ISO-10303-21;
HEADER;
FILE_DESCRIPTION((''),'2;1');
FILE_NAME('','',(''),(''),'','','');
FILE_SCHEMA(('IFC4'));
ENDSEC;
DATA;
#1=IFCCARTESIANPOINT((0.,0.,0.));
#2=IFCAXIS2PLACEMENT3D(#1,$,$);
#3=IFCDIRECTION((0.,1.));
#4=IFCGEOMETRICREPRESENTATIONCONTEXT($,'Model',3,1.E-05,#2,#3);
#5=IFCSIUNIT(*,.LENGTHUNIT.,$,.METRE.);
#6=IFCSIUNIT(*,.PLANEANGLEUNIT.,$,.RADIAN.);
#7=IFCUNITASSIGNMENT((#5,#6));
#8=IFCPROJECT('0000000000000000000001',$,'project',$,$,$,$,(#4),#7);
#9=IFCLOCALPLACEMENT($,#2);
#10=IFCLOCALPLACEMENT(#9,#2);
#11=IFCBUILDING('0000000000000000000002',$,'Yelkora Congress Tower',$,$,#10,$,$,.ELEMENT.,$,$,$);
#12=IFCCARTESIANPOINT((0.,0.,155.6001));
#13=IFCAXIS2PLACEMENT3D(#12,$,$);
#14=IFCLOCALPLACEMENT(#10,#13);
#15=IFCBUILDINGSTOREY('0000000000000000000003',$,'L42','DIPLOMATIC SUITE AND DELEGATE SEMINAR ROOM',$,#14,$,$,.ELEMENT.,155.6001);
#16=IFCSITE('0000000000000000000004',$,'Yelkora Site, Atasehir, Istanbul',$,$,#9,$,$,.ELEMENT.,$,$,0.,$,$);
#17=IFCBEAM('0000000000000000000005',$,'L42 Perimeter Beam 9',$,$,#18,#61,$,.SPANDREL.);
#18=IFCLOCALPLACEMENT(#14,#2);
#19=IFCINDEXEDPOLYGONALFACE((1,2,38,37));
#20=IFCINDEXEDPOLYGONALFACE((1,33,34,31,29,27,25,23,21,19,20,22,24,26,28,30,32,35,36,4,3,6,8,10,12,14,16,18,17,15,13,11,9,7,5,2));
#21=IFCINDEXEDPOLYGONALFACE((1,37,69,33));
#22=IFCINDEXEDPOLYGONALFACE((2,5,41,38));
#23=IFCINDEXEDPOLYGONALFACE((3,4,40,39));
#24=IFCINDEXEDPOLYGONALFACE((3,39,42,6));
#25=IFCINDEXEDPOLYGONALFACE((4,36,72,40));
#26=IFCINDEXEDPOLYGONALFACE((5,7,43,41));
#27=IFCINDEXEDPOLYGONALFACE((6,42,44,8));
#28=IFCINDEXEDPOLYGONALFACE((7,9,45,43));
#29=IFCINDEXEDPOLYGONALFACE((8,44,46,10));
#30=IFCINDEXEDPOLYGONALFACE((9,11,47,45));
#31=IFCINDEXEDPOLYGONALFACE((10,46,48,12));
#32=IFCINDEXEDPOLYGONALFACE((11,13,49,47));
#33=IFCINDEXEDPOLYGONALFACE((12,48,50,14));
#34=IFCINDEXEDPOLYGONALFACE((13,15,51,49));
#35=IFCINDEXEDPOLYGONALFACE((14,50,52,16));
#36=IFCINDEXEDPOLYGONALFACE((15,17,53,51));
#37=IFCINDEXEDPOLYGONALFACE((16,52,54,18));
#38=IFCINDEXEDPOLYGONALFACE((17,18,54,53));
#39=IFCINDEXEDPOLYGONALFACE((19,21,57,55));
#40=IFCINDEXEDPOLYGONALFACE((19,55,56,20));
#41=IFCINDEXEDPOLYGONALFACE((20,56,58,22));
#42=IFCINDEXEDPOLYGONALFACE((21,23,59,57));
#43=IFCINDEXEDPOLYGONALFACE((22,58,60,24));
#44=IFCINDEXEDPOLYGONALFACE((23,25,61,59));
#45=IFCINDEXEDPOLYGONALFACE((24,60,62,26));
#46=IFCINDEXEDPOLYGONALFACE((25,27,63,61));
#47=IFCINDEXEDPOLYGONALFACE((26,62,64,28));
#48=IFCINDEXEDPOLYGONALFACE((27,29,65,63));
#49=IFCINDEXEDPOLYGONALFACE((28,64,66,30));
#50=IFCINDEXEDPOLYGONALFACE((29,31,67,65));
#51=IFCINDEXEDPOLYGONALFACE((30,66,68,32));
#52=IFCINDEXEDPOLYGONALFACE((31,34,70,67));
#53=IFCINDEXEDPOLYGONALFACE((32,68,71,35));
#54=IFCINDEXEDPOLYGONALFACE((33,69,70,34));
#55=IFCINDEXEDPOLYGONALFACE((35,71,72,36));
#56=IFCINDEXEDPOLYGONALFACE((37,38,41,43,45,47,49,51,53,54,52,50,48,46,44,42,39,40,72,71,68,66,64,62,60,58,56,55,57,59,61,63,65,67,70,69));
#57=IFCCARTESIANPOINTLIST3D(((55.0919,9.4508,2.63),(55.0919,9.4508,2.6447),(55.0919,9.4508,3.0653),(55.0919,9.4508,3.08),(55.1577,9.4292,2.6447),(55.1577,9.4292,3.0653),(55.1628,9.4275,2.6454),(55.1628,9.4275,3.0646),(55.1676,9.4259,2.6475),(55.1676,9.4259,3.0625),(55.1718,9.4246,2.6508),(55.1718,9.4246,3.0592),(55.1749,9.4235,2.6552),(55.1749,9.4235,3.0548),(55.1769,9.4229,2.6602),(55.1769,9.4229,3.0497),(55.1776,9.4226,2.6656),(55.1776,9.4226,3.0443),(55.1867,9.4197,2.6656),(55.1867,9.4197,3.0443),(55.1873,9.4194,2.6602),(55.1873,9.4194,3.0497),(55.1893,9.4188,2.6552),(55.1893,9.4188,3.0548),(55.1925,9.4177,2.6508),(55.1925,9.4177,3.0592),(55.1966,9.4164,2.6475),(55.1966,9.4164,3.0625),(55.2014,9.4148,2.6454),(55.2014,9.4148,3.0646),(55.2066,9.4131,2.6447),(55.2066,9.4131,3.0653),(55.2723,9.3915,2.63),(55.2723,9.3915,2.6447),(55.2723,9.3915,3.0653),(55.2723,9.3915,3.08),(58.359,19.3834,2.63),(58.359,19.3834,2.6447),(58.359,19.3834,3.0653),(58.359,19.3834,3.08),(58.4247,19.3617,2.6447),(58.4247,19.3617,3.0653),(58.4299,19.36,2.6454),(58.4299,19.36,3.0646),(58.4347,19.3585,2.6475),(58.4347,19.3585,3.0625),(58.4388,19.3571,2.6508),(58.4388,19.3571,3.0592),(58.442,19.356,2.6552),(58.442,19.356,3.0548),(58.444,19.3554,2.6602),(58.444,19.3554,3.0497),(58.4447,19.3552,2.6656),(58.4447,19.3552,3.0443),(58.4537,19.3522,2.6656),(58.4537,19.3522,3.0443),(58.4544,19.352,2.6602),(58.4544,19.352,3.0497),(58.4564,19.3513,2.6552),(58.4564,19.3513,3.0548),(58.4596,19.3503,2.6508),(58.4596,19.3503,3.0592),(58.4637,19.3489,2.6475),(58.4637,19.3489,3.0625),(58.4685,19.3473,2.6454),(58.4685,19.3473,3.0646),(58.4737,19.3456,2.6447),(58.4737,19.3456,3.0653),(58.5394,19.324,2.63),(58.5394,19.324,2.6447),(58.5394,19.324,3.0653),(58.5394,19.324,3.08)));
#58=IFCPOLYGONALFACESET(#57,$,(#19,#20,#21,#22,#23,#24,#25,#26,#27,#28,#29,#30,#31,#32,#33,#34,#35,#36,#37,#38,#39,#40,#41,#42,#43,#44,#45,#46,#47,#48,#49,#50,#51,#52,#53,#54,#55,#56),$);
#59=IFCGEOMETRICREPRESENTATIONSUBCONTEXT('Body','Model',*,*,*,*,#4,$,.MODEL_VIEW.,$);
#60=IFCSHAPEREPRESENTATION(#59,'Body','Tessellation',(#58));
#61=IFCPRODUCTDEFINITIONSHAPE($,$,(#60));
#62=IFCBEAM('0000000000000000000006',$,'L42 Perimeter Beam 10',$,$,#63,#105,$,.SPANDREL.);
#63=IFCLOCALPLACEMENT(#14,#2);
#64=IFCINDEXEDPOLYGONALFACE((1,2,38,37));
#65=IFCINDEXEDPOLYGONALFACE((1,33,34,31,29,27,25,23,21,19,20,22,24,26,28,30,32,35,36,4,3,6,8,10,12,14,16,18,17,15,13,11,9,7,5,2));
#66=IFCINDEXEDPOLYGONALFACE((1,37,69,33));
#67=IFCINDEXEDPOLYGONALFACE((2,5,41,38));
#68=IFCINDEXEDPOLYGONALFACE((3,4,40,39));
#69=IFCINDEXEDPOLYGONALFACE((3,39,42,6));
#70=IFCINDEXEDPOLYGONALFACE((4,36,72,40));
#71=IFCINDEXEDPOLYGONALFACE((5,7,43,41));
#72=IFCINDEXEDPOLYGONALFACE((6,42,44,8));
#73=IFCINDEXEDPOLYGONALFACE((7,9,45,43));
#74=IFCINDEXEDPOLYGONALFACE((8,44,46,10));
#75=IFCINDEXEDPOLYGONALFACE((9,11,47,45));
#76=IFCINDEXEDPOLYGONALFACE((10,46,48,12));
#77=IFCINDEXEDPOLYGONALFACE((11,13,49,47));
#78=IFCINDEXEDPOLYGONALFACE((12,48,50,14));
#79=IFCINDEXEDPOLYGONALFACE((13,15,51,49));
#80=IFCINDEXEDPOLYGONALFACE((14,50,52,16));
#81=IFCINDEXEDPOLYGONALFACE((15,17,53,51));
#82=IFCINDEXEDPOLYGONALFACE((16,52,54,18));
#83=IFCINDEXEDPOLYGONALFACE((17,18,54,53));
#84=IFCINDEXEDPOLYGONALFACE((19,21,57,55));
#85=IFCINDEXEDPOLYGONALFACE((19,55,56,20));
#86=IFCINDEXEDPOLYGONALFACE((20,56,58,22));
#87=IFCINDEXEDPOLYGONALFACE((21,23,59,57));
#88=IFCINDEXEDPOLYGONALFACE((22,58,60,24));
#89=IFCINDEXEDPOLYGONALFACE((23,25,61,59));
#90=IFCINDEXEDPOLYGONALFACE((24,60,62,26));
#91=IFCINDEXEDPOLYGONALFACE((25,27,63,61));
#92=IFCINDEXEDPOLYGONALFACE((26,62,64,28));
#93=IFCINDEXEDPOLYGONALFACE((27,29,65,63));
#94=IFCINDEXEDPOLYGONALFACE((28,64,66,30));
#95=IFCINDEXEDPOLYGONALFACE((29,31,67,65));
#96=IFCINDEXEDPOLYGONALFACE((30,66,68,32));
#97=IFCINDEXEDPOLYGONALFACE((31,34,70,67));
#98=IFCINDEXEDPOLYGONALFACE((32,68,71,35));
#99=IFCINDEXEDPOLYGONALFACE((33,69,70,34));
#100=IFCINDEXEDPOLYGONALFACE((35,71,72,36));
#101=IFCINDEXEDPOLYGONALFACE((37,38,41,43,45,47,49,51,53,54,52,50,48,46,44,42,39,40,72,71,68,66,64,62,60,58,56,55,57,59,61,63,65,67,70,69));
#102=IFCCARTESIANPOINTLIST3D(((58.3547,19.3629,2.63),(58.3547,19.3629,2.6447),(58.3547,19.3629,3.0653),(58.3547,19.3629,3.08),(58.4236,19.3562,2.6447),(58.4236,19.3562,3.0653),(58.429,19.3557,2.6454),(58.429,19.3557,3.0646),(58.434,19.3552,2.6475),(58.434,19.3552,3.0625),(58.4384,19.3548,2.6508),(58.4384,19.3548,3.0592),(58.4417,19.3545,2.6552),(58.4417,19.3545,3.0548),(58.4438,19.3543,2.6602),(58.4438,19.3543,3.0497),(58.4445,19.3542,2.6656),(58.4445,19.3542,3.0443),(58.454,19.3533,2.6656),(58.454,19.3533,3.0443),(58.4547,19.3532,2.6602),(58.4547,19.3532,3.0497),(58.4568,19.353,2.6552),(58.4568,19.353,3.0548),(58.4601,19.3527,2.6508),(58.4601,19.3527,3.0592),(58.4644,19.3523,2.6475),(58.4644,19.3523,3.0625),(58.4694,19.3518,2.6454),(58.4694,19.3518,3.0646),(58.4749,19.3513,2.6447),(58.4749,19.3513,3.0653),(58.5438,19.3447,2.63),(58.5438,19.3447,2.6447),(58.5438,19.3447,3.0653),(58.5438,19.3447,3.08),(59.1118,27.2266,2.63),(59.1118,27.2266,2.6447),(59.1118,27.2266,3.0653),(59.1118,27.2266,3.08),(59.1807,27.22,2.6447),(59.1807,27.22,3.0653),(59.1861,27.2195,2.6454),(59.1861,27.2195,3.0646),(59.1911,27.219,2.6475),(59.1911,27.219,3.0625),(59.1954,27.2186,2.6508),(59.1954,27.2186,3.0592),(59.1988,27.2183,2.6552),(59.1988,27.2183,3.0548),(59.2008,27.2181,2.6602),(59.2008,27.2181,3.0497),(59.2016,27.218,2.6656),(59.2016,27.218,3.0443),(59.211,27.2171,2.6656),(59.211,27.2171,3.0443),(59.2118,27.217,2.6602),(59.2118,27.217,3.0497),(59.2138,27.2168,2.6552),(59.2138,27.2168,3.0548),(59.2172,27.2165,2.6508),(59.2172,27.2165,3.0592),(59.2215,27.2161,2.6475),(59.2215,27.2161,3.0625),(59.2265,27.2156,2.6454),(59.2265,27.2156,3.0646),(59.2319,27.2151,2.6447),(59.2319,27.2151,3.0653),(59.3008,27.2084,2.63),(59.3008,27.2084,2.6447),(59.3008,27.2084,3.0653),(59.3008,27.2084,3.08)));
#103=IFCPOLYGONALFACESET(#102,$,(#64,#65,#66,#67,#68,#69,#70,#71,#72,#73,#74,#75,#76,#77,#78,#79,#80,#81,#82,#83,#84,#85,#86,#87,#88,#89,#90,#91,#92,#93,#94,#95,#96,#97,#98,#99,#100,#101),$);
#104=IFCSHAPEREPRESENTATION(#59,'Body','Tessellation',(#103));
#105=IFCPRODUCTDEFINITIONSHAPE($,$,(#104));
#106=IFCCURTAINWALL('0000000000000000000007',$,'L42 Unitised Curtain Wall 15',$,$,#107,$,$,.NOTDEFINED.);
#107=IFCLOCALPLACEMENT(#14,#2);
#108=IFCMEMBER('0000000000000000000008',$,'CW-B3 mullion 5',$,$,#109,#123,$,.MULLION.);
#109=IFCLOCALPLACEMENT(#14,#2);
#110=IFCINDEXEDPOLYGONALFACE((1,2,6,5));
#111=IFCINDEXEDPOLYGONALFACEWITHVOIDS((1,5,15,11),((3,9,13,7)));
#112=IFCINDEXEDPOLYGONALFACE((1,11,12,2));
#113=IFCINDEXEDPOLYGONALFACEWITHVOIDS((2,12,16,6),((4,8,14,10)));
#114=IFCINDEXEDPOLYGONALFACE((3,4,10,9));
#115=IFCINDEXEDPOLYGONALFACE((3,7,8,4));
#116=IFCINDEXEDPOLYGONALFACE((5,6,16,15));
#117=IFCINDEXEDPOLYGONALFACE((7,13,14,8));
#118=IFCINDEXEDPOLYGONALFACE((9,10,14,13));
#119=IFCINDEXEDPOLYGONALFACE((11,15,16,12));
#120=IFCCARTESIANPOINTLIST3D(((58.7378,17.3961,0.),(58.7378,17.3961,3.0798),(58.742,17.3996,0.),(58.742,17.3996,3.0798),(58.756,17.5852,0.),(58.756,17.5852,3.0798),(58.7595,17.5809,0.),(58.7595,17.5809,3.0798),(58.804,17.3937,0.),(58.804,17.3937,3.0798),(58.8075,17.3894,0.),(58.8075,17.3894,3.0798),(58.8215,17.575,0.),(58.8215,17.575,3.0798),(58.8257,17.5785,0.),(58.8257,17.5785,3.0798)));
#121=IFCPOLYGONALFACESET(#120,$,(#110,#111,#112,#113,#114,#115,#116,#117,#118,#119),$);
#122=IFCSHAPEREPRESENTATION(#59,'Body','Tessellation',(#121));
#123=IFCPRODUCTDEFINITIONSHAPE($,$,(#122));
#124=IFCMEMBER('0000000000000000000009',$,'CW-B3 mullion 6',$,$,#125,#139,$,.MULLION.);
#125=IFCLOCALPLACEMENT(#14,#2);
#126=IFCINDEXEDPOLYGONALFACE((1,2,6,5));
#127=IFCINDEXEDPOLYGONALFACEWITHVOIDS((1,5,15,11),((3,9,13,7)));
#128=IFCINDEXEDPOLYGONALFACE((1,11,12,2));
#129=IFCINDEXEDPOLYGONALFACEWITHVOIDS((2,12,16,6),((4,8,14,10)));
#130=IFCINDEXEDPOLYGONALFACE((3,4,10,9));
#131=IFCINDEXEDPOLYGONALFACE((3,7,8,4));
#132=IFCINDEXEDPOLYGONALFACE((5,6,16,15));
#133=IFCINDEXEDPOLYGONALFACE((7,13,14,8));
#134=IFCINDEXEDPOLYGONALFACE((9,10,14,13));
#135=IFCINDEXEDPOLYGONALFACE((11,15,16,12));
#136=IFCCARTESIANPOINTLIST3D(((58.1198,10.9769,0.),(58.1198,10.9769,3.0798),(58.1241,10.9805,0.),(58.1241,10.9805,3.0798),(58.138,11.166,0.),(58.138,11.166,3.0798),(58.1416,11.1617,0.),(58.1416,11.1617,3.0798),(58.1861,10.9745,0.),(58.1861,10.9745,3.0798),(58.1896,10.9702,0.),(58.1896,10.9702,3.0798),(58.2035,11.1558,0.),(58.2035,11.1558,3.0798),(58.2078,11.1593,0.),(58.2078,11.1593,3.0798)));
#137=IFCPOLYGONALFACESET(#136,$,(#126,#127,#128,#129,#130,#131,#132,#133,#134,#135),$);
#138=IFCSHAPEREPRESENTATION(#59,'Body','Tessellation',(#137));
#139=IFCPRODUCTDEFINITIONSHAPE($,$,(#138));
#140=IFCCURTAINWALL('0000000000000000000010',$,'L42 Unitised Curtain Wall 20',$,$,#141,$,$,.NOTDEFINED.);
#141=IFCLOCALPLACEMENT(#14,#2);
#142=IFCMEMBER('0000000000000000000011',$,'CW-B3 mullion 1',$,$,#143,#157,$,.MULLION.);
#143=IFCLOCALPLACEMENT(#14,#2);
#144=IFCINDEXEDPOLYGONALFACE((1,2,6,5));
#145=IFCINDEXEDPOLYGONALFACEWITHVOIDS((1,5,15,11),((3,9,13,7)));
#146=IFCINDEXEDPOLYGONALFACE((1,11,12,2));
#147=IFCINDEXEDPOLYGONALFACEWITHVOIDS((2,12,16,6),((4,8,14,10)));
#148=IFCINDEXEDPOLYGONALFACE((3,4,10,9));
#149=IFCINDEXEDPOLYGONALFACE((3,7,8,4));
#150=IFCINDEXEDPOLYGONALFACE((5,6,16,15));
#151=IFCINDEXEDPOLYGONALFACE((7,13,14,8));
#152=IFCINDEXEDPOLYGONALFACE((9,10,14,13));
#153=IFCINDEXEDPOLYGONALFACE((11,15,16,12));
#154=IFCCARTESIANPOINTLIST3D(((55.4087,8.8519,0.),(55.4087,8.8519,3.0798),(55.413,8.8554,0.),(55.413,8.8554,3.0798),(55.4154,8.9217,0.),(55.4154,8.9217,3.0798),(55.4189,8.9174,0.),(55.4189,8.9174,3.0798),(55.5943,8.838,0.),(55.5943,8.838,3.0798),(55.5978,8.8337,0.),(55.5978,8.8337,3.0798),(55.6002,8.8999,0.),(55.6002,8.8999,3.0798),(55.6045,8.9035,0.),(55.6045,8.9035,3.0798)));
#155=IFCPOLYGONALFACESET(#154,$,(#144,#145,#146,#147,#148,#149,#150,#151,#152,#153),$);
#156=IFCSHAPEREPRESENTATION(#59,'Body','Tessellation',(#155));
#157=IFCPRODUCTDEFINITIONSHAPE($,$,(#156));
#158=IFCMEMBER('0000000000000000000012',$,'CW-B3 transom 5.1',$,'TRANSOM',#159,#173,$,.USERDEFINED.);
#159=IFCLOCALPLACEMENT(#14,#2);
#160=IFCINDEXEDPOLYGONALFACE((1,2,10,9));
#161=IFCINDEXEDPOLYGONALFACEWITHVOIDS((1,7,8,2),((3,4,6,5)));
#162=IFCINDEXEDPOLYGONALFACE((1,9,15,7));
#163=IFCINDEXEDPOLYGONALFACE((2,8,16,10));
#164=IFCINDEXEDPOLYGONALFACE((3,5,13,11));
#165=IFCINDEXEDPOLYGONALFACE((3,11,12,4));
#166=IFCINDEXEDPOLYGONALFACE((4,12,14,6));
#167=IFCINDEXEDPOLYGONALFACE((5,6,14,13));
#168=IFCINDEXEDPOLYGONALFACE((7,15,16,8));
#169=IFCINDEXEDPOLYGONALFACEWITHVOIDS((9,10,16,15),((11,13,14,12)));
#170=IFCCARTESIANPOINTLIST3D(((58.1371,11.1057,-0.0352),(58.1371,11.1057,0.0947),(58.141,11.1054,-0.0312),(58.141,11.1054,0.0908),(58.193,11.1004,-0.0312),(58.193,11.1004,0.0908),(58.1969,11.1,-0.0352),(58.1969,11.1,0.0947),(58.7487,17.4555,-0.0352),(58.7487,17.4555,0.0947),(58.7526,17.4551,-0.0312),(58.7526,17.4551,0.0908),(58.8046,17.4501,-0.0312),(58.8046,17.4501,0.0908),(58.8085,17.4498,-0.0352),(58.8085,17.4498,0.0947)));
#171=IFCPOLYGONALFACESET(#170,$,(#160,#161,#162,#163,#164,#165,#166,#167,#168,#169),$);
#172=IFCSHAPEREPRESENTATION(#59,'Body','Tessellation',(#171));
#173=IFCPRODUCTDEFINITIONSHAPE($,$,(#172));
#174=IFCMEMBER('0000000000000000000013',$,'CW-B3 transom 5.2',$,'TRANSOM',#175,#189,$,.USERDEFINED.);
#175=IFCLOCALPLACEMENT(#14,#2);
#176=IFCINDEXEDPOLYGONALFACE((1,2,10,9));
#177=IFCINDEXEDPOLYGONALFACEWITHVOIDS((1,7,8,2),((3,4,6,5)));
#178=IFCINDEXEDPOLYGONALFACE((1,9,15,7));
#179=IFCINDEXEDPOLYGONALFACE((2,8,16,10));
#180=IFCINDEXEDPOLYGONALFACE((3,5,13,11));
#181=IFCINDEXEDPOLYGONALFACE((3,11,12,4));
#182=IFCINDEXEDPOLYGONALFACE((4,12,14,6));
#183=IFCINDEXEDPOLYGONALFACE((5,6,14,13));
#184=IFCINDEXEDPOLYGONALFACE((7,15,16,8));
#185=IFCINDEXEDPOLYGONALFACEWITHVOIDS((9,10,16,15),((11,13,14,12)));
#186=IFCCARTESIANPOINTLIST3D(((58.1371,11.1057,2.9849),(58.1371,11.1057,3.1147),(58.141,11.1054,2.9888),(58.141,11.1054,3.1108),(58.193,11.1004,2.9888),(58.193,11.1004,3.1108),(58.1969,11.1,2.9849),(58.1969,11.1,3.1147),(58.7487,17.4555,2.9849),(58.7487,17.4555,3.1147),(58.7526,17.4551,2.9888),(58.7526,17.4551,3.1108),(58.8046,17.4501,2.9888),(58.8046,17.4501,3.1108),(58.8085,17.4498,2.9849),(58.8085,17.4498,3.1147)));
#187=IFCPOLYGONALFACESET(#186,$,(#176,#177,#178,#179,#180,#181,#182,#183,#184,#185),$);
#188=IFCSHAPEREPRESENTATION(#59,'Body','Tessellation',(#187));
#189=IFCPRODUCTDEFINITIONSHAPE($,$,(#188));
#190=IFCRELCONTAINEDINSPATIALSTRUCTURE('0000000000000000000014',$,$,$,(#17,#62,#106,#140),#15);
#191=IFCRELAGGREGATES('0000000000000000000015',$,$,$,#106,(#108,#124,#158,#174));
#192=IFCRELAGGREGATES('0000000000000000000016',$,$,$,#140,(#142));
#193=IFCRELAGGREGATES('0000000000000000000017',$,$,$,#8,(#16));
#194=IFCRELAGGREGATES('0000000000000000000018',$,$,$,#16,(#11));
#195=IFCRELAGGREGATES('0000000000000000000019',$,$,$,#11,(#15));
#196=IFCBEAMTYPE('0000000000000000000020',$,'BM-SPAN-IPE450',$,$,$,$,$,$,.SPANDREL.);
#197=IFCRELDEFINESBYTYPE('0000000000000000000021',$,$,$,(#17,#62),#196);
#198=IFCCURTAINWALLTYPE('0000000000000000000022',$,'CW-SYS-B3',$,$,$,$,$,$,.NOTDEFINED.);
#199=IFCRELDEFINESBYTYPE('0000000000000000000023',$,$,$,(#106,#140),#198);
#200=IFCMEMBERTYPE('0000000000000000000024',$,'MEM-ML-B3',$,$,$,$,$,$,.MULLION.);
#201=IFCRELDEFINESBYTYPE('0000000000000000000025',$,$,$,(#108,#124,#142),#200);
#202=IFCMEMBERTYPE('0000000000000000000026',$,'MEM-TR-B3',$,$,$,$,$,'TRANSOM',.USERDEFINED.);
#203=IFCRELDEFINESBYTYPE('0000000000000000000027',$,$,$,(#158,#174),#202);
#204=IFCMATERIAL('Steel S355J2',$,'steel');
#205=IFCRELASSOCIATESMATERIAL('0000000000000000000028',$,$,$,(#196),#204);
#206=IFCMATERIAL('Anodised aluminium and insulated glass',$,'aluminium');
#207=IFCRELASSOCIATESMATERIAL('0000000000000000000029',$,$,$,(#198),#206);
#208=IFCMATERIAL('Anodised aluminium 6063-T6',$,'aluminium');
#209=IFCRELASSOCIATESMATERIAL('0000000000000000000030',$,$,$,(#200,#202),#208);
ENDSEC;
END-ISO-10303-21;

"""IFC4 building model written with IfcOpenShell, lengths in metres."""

from ifc_helpers import new_model, si_unit, direction, frame, origin, origin_2d, place, context, subcontext, project, spatial, hollow_rectangle, i_section, extrude, material, material_profile, profile_set, type_object, element, aggregate, save


model = new_model("IFC4")

# Units and contexts
model_context = context("Model", 3, precision=1e-05, world=origin(), true_north=direction((0.0, 1.0)))
body_context = subcontext(model_context, "Body", "Model", "MODEL_VIEW")
ifc_project = project(units=[si_unit("LENGTHUNIT", "METRE"), si_unit("PLANEANGLEUNIT", "RADIAN")], contexts=[model_context])

# Site, building, storey
site_placement = place(None, origin())
site = spatial("IfcSite", under=ifc_project, at=site_placement, Name="Yelkora Site, Atasehir, Istanbul", CompositionType="ELEMENT", RefElevation=0.0)
building_placement = place(site_placement, origin())
building = spatial("IfcBuilding", under=site, at=building_placement, Name="Yelkora Congress Tower", CompositionType="ELEMENT")
storey_placement = place(building_placement, frame((0.0, 0.0, 155.6001)))
storey = spatial("IfcBuildingStorey", under=building, at=storey_placement, Name="L42", Description="DIPLOMATIC SUITE AND DELEGATE SEMINAR ROOM", CompositionType="ELEMENT", Elevation=155.6001)

# Beams
ifc_material_1 = material(Name="Steel S355J2", Category="steel")
ifc_material_profile_1 = material_profile(ifc_material_1, i_section(OverallWidth=0.1899, OverallDepth=0.45, WebThickness=0.0095, FlangeThickness=0.0146, FilletRadius=0.021, at=origin_2d()), Name="IPE 450")
ifc_profile_set_1 = profile_set([ifc_material_profile_1], Name="Steel S355J2")
beam_type_1 = type_object("IfcBeamType", Name="BM-SPAN-IPE450", PredefinedType="SPANDREL", material=ifc_profile_set_1)
beam_1_placement = place(storey_placement, frame((55.1821, 9.4211, 2.855), z_axis=(0.312457, 0.949932, 0.0), x_axis=(-0.949932, 0.312457, 0.0)))
element("IfcBeam", 1, at=beam_1_placement, inside=storey, type_object=beam_type_1, Name="L42 Perimeter Beam 9", PredefinedType="SPANDREL", context=body_context, shape_type="SweptSolid", body=[
    extrude(i_section(OverallWidth=0.1899, OverallDepth=0.45, WebThickness=0.0095, FlangeThickness=0.0146, FilletRadius=0.021, at=origin_2d()), origin(), (0.0, 0.0, 1.0), 10.4561),
])
beam_2_placement = place(storey_placement, frame((58.4492, 19.3538, 2.855), z_axis=(0.095831, 0.995398, 0.0), x_axis=(-0.995398, 0.095831, 0.0)))
element("IfcBeam", 2, at=beam_2_placement, inside=storey, type_object=beam_type_1, Name="L42 Perimeter Beam 10", PredefinedType="SPANDREL", context=body_context, shape_type="SweptSolid", body=[
    extrude(i_section(OverallWidth=0.1899, OverallDepth=0.45, WebThickness=0.0095, FlangeThickness=0.0146, FilletRadius=0.021, at=origin_2d()), origin(), (0.0, 0.0, 1.0), 7.9001),
])

# Curtain wall, members
ifc_material_2 = material(Name="Anodised aluminium and insulated glass", Category="aluminium")
curtain_wall_type = type_object("IfcCurtainWallType", Name="CW-SYS-B3", PredefinedType="NOTDEFINED", material=ifc_material_2)
curtain_wall_1_placement = place(storey_placement, origin())
curtain_wall_1 = element("IfcCurtainWall", 3, at=curtain_wall_1_placement, inside=storey, type_object=curtain_wall_type, Name="L42 Unitised Curtain Wall 15", PredefinedType="NOTDEFINED")
ifc_material_3 = material(Name="Anodised aluminium 6063-T6", Category="aluminium")
ifc_material_profile_2 = material_profile(ifc_material_3, hollow_rectangle(XDim=0.0701, YDim=0.1899, WallThickness=0.0039, at=origin_2d()), Name="ALU 70x190x4")
ifc_profile_set_2 = profile_set([ifc_material_profile_2], Name="Anodised aluminium 6063-T6")
member_type_1 = type_object("IfcMemberType", Name="MEM-ML-B3", PredefinedType="MULLION", material=ifc_profile_set_2)
member_1_placement = place(storey_placement, frame((58.7817, 17.4873, 0.0), z_axis=(0.0, 0.0, 1.0), x_axis=(0.995397, -0.095842, 0.0)))
member_1 = element("IfcMember", 4, at=member_1_placement, type_object=member_type_1, Name="CW-B3 mullion 5", PredefinedType="MULLION", context=body_context, shape_type="SweptSolid", body=[
    extrude(hollow_rectangle(XDim=0.0701, YDim=0.1899, WallThickness=0.0039, at=origin_2d()), origin(), (0.0, 0.0, 1.0), 3.0798),
])
member_2_placement = place(storey_placement, frame((58.1638, 11.0681, 0.0), z_axis=(0.0, 0.0, 1.0), x_axis=(0.995397, -0.095842, 0.0)))
member_2 = element("IfcMember", 5, at=member_2_placement, type_object=member_type_1, Name="CW-B3 mullion 6", PredefinedType="MULLION", context=body_context, shape_type="SweptSolid", body=[
    extrude(hollow_rectangle(XDim=0.0701, YDim=0.1899, WallThickness=0.0039, at=origin_2d()), origin(), (0.0, 0.0, 1.0), 3.0798),
])

# Curtain wall, member
curtain_wall_2_placement = place(storey_placement, origin())
curtain_wall_2 = element("IfcCurtainWall", 6, at=curtain_wall_2_placement, inside=storey, type_object=curtain_wall_type, Name="L42 Unitised Curtain Wall 20", PredefinedType="NOTDEFINED")
member_3_placement = place(storey_placement, frame((55.5066, 8.8777, 0.0), z_axis=(0.0, 0.0, 1.0), x_axis=(-0.095845, -0.995396, 0.0)))
member_3 = element("IfcMember", 7, at=member_3_placement, type_object=member_type_1, Name="CW-B3 mullion 1", PredefinedType="MULLION", context=body_context, shape_type="SweptSolid", body=[
    extrude(hollow_rectangle(XDim=0.0701, YDim=0.1899, WallThickness=0.0039, at=origin_2d()), origin(), (0.0, 0.0, 1.0), 3.0798),
])

# Members
ifc_material_profile_3 = material_profile(ifc_material_3, hollow_rectangle(XDim=0.0601, YDim=0.1299, WallThickness=0.0039, at=origin_2d()), Name="ALU 60x130x4")
ifc_profile_set_3 = profile_set([ifc_material_profile_3], Name="Anodised aluminium 6063-T6")
member_type_2 = type_object("IfcMemberType", Name="MEM-TR-B3", ElementType="TRANSOM", PredefinedType="USERDEFINED", material=ifc_profile_set_3)
member_4_placement = place(storey_placement, frame((58.7786, 17.4526, 0.0298), z_axis=(-0.095869, -0.995394, 0.0), x_axis=(0.995394, -0.095869, 0.0)))
member_4 = element("IfcMember", 8, at=member_4_placement, type_object=member_type_2, Name="CW-B3 transom 5.1", ObjectType="TRANSOM", PredefinedType="USERDEFINED", context=body_context, shape_type="SweptSolid", body=[
    extrude(hollow_rectangle(XDim=0.0601, YDim=0.1299, WallThickness=0.0039, at=origin_2d()), origin(), (0.0, 0.0, 1.0), 6.3792),
])
member_5_placement = place(storey_placement, frame((58.7786, 17.4526, 3.0498), z_axis=(-0.095869, -0.995394, 0.0), x_axis=(0.995394, -0.095869, 0.0)))
member_5 = element("IfcMember", 9, at=member_5_placement, type_object=member_type_2, Name="CW-B3 transom 5.2", ObjectType="TRANSOM", PredefinedType="USERDEFINED", context=body_context, shape_type="SweptSolid", body=[
    extrude(hollow_rectangle(XDim=0.0601, YDim=0.1299, WallThickness=0.0039, at=origin_2d()), origin(), (0.0, 0.0, 1.0), 6.3792),
])

aggregate(curtain_wall_1, [member_1, member_2, member_4, member_5])
aggregate(curtain_wall_2, [member_3])

save(model, "model.ifc")
